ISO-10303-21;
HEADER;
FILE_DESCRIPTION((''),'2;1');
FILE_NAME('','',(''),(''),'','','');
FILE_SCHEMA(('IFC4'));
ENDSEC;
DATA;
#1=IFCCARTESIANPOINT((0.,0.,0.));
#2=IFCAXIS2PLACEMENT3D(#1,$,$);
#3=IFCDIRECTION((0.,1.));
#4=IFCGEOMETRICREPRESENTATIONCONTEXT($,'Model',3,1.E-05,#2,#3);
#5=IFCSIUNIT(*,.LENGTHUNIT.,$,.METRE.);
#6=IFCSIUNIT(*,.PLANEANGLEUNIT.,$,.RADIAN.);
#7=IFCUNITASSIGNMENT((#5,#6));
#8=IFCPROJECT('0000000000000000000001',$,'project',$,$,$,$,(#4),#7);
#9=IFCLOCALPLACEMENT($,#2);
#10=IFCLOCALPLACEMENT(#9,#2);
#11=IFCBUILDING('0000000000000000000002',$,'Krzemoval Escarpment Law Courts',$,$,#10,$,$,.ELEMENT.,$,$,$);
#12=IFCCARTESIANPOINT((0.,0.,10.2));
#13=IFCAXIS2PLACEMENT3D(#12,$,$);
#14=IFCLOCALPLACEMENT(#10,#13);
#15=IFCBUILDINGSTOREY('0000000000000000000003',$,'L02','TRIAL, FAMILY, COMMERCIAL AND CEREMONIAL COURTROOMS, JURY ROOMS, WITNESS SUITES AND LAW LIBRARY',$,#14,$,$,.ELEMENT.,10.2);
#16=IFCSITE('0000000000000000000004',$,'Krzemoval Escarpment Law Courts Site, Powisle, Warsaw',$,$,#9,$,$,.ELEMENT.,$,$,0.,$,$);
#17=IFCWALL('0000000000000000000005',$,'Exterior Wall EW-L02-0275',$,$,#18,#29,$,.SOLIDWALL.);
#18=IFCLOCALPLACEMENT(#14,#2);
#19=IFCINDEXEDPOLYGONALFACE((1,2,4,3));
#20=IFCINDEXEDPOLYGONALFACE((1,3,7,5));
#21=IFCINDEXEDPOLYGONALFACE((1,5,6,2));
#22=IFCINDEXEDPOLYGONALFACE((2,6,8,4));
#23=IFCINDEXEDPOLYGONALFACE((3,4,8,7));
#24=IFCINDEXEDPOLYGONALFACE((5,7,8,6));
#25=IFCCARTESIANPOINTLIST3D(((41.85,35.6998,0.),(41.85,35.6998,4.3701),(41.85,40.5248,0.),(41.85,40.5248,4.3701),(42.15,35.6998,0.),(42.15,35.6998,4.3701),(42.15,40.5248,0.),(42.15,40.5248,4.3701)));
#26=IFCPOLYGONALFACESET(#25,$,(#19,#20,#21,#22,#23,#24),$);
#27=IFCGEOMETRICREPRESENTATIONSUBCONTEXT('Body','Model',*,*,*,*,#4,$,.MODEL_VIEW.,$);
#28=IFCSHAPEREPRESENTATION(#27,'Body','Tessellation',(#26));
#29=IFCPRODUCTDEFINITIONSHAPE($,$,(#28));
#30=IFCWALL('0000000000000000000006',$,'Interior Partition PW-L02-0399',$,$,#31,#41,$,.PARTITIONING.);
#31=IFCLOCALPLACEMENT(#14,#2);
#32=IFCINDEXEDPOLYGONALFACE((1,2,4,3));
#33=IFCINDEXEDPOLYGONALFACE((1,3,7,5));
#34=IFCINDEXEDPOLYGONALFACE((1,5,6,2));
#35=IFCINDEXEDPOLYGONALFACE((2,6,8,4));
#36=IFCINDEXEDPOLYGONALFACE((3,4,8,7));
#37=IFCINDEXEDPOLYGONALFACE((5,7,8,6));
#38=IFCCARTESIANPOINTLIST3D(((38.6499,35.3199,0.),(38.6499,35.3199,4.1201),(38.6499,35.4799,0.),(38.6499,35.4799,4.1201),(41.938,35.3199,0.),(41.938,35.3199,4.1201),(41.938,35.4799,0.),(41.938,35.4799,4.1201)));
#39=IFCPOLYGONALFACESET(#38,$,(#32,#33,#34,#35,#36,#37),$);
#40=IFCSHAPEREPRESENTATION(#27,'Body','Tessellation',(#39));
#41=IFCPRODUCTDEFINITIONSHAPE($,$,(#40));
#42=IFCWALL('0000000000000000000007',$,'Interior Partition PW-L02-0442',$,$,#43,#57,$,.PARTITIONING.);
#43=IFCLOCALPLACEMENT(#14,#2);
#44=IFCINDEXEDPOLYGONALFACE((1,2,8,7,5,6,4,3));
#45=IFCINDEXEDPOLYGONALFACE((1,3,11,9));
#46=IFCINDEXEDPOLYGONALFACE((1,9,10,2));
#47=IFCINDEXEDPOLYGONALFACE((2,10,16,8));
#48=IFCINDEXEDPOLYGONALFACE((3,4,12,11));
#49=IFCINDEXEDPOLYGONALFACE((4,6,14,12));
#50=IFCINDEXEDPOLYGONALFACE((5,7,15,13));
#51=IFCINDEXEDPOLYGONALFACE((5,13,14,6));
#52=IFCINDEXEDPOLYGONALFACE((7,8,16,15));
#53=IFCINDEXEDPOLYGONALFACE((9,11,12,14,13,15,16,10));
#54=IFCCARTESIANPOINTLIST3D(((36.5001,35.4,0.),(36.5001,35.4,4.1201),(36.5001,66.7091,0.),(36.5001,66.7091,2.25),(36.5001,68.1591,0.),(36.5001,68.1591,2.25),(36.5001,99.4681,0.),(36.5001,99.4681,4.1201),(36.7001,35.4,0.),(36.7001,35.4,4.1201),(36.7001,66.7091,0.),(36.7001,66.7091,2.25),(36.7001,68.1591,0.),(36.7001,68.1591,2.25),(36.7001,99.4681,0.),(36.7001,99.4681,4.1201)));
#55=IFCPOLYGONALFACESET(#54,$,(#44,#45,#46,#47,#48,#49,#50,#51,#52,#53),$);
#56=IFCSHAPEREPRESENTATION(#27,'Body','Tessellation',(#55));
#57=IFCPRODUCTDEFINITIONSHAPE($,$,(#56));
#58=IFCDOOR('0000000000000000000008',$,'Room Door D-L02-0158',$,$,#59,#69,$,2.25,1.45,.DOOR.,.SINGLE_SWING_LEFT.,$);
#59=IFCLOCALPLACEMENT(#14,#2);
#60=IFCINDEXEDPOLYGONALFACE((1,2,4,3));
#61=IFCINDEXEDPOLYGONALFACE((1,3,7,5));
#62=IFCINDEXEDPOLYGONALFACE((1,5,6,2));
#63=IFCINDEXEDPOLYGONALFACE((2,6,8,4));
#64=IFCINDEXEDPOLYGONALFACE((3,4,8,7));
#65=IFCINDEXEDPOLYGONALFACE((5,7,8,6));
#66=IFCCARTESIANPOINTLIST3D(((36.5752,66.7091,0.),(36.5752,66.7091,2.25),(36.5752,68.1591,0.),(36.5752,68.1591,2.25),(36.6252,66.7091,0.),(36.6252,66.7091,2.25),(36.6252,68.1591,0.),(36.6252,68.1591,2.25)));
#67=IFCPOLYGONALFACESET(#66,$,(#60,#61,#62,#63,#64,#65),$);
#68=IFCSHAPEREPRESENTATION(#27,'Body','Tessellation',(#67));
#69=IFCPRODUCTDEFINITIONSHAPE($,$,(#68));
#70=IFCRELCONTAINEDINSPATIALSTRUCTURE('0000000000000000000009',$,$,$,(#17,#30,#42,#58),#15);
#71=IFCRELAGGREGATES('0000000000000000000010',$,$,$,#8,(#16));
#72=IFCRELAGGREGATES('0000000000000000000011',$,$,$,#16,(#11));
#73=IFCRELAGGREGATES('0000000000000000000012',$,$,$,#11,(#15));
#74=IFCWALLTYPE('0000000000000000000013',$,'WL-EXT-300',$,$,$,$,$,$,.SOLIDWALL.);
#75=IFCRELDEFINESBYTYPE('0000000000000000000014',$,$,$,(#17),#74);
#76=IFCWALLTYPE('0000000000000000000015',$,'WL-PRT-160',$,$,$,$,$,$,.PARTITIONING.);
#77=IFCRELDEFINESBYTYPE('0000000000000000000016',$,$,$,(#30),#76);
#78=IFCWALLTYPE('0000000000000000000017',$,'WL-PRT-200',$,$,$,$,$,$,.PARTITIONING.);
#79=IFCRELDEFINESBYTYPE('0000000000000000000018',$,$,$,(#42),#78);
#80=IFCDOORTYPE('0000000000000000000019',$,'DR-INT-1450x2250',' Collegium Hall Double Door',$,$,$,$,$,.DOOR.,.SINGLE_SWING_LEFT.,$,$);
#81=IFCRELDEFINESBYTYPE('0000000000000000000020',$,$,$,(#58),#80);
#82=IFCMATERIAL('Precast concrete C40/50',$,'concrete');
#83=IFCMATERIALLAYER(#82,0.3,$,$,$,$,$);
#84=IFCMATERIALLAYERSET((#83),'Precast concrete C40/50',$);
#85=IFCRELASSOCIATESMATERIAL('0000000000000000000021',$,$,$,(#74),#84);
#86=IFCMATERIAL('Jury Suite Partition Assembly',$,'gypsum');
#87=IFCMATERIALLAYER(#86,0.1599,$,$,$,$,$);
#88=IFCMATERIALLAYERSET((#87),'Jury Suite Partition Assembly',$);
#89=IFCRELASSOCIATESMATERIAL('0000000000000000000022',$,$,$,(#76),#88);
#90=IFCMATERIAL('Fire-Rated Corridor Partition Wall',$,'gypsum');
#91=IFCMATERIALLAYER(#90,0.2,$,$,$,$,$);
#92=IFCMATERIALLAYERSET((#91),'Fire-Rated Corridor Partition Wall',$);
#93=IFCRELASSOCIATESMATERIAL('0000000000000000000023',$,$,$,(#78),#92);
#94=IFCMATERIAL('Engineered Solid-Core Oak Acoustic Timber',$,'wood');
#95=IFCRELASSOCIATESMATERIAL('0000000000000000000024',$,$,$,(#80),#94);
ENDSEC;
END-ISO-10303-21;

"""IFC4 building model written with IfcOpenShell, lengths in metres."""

from ifc_helpers import new_model, si_unit, direction, frame, frame_2d, origin, place, context, subcontext, project, spatial, rectangle, extrude, material, layer, layer_set, type_object, element, fill, save


model = new_model("IFC4")

# Units and contexts
model_context = context("Model", 3, precision=1e-05, world=origin(), true_north=direction((0.0, 1.0)))
body_context = subcontext(model_context, "Body", "Model", "MODEL_VIEW")
ifc_project = project(units=[si_unit("LENGTHUNIT", "METRE"), si_unit("PLANEANGLEUNIT", "RADIAN")], contexts=[model_context])

# Site, building, storey
site_placement = place(None, origin())
site = spatial("IfcSite", under=ifc_project, at=site_placement, Name="Krzemoval Escarpment Law Courts Site, Powisle, Warsaw", CompositionType="ELEMENT", RefElevation=0.0)
building_placement = place(site_placement, origin())
building = spatial("IfcBuilding", under=site, at=building_placement, Name="Krzemoval Escarpment Law Courts", CompositionType="ELEMENT")
storey_placement = place(building_placement, frame((0.0, 0.0, 10.2)))
storey = spatial("IfcBuildingStorey", under=building, at=storey_placement, Name="L02", Description="TRIAL, FAMILY, COMMERCIAL AND CEREMONIAL COURTROOMS, JURY ROOMS, WITNESS SUITES AND LAW LIBRARY", CompositionType="ELEMENT", Elevation=10.2)

# Walls
ifc_material_1 = material(Name="Precast concrete C40/50", Category="concrete")
ifc_layer_1 = layer(ifc_material_1, 0.3)
ifc_layer_set_1 = layer_set([ifc_layer_1], Name="Precast concrete C40/50")
wall_type_1 = type_object("IfcWallType", Name="WL-EXT-300", PredefinedType="SOLIDWALL", material=ifc_layer_set_1)
wall_1_placement = place(storey_placement, frame((42.0, 40.5249, 0.0), z_axis=(0.0, 0.0, 1.0), x_axis=(0.0, -1.0, 0.0)))
element("IfcWall", 1, at=wall_1_placement, inside=storey, type_object=wall_type_1, Name="Exterior Wall EW-L02-0275", PredefinedType="SOLIDWALL", context=body_context, shape_type="SweptSolid", body=[
    extrude(rectangle(XDim=4.825, YDim=0.3, at=frame_2d((2.4126, 0.0))), origin(), (0.0, 0.0, 1.0), 4.3701),
])
ifc_material_2 = material(Name="Jury Suite Partition Assembly", Category="gypsum")
ifc_layer_2 = layer(ifc_material_2, 0.1599)
ifc_layer_set_2 = layer_set([ifc_layer_2], Name="Jury Suite Partition Assembly")
wall_type_2 = type_object("IfcWallType", Name="WL-PRT-160", PredefinedType="PARTITIONING", material=ifc_layer_set_2)
wall_2_placement = place(storey_placement, frame((38.6499, 35.3999, 0.0), z_axis=(0.0, 0.0, 1.0), x_axis=(1.0, 0.0, 0.0)))
element("IfcWall", 2, at=wall_2_placement, inside=storey, type_object=wall_type_2, Name="Interior Partition PW-L02-0399", PredefinedType="PARTITIONING", context=body_context, shape_type="SweptSolid", body=[
    extrude(rectangle(XDim=3.2881, YDim=0.1599, at=frame_2d((1.644, 0.0))), origin(), (0.0, 0.0, 1.0), 4.1201),
])

# Wall, opening, door
ifc_material_3 = material(Name="Fire-Rated Corridor Partition Wall", Category="gypsum")
ifc_layer_3 = layer(ifc_material_3, 0.2)
ifc_layer_set_3 = layer_set([ifc_layer_3], Name="Fire-Rated Corridor Partition Wall")
wall_type_3 = type_object("IfcWallType", Name="WL-PRT-200", PredefinedType="PARTITIONING", material=ifc_layer_set_3)
wall_3_placement = place(storey_placement, frame((36.6001, 35.3999, 0.0), z_axis=(0.0, 0.0, 1.0), x_axis=(0.0, 1.0, 0.0)))
wall_3 = element("IfcWall", 3, at=wall_3_placement, inside=storey, type_object=wall_type_3, Name="Interior Partition PW-L02-0442", PredefinedType="PARTITIONING", context=body_context, shape_type="SweptSolid", body=[
    extrude(rectangle(XDim=64.0681, YDim=0.2, at=frame_2d((32.0342, 0.0))), origin(), (0.0, 0.0, 1.0), 4.1201),
])
opening_placement = place(wall_3_placement, frame((31.3091, 0.0, 0.0)))
opening = element("IfcOpeningElement", 4, at=opening_placement, cuts=wall_3, PredefinedType="OPENING", context=body_context, shape_type="SweptSolid", body=[
    extrude(rectangle(XDim=1.45, YDim=2.25, at=frame_2d((0.7251, 1.125))), frame((0.0, 0.115, 0.0), z_axis=(0.0, -1.0, 0.0), x_axis=(1.0, 0.0, 0.0)), (0.0, 0.0, 1.0), 0.2299),
])
ifc_material_4 = material(Name="Engineered Solid-Core Oak Acoustic Timber", Category="wood")
door_type = type_object("IfcDoorType", Name="DR-INT-1450x2250", Description=" Collegium Hall Double Door", OperationType="SINGLE_SWING_LEFT", PredefinedType="DOOR", material=ifc_material_4)
door_placement = place(opening_placement, origin())
door = element("IfcDoor", 5, at=door_placement, inside=storey, type_object=door_type, Name="Room Door D-L02-0158", OperationType="SINGLE_SWING_LEFT", OverallHeight=2.25, OverallWidth=1.45, PredefinedType="DOOR", context=body_context, shape_type="SweptSolid", body=[
    extrude(rectangle(XDim=1.45, YDim=2.25, at=frame_2d((0.7251, 1.125))), frame((0.0, 0.0249, 0.0), z_axis=(0.0, -1.0, 0.0), x_axis=(1.0, 0.0, 0.0)), (0.0, 0.0, 1.0), 0.05),
])
fill(opening, door)

save(model, "model.ifc")
